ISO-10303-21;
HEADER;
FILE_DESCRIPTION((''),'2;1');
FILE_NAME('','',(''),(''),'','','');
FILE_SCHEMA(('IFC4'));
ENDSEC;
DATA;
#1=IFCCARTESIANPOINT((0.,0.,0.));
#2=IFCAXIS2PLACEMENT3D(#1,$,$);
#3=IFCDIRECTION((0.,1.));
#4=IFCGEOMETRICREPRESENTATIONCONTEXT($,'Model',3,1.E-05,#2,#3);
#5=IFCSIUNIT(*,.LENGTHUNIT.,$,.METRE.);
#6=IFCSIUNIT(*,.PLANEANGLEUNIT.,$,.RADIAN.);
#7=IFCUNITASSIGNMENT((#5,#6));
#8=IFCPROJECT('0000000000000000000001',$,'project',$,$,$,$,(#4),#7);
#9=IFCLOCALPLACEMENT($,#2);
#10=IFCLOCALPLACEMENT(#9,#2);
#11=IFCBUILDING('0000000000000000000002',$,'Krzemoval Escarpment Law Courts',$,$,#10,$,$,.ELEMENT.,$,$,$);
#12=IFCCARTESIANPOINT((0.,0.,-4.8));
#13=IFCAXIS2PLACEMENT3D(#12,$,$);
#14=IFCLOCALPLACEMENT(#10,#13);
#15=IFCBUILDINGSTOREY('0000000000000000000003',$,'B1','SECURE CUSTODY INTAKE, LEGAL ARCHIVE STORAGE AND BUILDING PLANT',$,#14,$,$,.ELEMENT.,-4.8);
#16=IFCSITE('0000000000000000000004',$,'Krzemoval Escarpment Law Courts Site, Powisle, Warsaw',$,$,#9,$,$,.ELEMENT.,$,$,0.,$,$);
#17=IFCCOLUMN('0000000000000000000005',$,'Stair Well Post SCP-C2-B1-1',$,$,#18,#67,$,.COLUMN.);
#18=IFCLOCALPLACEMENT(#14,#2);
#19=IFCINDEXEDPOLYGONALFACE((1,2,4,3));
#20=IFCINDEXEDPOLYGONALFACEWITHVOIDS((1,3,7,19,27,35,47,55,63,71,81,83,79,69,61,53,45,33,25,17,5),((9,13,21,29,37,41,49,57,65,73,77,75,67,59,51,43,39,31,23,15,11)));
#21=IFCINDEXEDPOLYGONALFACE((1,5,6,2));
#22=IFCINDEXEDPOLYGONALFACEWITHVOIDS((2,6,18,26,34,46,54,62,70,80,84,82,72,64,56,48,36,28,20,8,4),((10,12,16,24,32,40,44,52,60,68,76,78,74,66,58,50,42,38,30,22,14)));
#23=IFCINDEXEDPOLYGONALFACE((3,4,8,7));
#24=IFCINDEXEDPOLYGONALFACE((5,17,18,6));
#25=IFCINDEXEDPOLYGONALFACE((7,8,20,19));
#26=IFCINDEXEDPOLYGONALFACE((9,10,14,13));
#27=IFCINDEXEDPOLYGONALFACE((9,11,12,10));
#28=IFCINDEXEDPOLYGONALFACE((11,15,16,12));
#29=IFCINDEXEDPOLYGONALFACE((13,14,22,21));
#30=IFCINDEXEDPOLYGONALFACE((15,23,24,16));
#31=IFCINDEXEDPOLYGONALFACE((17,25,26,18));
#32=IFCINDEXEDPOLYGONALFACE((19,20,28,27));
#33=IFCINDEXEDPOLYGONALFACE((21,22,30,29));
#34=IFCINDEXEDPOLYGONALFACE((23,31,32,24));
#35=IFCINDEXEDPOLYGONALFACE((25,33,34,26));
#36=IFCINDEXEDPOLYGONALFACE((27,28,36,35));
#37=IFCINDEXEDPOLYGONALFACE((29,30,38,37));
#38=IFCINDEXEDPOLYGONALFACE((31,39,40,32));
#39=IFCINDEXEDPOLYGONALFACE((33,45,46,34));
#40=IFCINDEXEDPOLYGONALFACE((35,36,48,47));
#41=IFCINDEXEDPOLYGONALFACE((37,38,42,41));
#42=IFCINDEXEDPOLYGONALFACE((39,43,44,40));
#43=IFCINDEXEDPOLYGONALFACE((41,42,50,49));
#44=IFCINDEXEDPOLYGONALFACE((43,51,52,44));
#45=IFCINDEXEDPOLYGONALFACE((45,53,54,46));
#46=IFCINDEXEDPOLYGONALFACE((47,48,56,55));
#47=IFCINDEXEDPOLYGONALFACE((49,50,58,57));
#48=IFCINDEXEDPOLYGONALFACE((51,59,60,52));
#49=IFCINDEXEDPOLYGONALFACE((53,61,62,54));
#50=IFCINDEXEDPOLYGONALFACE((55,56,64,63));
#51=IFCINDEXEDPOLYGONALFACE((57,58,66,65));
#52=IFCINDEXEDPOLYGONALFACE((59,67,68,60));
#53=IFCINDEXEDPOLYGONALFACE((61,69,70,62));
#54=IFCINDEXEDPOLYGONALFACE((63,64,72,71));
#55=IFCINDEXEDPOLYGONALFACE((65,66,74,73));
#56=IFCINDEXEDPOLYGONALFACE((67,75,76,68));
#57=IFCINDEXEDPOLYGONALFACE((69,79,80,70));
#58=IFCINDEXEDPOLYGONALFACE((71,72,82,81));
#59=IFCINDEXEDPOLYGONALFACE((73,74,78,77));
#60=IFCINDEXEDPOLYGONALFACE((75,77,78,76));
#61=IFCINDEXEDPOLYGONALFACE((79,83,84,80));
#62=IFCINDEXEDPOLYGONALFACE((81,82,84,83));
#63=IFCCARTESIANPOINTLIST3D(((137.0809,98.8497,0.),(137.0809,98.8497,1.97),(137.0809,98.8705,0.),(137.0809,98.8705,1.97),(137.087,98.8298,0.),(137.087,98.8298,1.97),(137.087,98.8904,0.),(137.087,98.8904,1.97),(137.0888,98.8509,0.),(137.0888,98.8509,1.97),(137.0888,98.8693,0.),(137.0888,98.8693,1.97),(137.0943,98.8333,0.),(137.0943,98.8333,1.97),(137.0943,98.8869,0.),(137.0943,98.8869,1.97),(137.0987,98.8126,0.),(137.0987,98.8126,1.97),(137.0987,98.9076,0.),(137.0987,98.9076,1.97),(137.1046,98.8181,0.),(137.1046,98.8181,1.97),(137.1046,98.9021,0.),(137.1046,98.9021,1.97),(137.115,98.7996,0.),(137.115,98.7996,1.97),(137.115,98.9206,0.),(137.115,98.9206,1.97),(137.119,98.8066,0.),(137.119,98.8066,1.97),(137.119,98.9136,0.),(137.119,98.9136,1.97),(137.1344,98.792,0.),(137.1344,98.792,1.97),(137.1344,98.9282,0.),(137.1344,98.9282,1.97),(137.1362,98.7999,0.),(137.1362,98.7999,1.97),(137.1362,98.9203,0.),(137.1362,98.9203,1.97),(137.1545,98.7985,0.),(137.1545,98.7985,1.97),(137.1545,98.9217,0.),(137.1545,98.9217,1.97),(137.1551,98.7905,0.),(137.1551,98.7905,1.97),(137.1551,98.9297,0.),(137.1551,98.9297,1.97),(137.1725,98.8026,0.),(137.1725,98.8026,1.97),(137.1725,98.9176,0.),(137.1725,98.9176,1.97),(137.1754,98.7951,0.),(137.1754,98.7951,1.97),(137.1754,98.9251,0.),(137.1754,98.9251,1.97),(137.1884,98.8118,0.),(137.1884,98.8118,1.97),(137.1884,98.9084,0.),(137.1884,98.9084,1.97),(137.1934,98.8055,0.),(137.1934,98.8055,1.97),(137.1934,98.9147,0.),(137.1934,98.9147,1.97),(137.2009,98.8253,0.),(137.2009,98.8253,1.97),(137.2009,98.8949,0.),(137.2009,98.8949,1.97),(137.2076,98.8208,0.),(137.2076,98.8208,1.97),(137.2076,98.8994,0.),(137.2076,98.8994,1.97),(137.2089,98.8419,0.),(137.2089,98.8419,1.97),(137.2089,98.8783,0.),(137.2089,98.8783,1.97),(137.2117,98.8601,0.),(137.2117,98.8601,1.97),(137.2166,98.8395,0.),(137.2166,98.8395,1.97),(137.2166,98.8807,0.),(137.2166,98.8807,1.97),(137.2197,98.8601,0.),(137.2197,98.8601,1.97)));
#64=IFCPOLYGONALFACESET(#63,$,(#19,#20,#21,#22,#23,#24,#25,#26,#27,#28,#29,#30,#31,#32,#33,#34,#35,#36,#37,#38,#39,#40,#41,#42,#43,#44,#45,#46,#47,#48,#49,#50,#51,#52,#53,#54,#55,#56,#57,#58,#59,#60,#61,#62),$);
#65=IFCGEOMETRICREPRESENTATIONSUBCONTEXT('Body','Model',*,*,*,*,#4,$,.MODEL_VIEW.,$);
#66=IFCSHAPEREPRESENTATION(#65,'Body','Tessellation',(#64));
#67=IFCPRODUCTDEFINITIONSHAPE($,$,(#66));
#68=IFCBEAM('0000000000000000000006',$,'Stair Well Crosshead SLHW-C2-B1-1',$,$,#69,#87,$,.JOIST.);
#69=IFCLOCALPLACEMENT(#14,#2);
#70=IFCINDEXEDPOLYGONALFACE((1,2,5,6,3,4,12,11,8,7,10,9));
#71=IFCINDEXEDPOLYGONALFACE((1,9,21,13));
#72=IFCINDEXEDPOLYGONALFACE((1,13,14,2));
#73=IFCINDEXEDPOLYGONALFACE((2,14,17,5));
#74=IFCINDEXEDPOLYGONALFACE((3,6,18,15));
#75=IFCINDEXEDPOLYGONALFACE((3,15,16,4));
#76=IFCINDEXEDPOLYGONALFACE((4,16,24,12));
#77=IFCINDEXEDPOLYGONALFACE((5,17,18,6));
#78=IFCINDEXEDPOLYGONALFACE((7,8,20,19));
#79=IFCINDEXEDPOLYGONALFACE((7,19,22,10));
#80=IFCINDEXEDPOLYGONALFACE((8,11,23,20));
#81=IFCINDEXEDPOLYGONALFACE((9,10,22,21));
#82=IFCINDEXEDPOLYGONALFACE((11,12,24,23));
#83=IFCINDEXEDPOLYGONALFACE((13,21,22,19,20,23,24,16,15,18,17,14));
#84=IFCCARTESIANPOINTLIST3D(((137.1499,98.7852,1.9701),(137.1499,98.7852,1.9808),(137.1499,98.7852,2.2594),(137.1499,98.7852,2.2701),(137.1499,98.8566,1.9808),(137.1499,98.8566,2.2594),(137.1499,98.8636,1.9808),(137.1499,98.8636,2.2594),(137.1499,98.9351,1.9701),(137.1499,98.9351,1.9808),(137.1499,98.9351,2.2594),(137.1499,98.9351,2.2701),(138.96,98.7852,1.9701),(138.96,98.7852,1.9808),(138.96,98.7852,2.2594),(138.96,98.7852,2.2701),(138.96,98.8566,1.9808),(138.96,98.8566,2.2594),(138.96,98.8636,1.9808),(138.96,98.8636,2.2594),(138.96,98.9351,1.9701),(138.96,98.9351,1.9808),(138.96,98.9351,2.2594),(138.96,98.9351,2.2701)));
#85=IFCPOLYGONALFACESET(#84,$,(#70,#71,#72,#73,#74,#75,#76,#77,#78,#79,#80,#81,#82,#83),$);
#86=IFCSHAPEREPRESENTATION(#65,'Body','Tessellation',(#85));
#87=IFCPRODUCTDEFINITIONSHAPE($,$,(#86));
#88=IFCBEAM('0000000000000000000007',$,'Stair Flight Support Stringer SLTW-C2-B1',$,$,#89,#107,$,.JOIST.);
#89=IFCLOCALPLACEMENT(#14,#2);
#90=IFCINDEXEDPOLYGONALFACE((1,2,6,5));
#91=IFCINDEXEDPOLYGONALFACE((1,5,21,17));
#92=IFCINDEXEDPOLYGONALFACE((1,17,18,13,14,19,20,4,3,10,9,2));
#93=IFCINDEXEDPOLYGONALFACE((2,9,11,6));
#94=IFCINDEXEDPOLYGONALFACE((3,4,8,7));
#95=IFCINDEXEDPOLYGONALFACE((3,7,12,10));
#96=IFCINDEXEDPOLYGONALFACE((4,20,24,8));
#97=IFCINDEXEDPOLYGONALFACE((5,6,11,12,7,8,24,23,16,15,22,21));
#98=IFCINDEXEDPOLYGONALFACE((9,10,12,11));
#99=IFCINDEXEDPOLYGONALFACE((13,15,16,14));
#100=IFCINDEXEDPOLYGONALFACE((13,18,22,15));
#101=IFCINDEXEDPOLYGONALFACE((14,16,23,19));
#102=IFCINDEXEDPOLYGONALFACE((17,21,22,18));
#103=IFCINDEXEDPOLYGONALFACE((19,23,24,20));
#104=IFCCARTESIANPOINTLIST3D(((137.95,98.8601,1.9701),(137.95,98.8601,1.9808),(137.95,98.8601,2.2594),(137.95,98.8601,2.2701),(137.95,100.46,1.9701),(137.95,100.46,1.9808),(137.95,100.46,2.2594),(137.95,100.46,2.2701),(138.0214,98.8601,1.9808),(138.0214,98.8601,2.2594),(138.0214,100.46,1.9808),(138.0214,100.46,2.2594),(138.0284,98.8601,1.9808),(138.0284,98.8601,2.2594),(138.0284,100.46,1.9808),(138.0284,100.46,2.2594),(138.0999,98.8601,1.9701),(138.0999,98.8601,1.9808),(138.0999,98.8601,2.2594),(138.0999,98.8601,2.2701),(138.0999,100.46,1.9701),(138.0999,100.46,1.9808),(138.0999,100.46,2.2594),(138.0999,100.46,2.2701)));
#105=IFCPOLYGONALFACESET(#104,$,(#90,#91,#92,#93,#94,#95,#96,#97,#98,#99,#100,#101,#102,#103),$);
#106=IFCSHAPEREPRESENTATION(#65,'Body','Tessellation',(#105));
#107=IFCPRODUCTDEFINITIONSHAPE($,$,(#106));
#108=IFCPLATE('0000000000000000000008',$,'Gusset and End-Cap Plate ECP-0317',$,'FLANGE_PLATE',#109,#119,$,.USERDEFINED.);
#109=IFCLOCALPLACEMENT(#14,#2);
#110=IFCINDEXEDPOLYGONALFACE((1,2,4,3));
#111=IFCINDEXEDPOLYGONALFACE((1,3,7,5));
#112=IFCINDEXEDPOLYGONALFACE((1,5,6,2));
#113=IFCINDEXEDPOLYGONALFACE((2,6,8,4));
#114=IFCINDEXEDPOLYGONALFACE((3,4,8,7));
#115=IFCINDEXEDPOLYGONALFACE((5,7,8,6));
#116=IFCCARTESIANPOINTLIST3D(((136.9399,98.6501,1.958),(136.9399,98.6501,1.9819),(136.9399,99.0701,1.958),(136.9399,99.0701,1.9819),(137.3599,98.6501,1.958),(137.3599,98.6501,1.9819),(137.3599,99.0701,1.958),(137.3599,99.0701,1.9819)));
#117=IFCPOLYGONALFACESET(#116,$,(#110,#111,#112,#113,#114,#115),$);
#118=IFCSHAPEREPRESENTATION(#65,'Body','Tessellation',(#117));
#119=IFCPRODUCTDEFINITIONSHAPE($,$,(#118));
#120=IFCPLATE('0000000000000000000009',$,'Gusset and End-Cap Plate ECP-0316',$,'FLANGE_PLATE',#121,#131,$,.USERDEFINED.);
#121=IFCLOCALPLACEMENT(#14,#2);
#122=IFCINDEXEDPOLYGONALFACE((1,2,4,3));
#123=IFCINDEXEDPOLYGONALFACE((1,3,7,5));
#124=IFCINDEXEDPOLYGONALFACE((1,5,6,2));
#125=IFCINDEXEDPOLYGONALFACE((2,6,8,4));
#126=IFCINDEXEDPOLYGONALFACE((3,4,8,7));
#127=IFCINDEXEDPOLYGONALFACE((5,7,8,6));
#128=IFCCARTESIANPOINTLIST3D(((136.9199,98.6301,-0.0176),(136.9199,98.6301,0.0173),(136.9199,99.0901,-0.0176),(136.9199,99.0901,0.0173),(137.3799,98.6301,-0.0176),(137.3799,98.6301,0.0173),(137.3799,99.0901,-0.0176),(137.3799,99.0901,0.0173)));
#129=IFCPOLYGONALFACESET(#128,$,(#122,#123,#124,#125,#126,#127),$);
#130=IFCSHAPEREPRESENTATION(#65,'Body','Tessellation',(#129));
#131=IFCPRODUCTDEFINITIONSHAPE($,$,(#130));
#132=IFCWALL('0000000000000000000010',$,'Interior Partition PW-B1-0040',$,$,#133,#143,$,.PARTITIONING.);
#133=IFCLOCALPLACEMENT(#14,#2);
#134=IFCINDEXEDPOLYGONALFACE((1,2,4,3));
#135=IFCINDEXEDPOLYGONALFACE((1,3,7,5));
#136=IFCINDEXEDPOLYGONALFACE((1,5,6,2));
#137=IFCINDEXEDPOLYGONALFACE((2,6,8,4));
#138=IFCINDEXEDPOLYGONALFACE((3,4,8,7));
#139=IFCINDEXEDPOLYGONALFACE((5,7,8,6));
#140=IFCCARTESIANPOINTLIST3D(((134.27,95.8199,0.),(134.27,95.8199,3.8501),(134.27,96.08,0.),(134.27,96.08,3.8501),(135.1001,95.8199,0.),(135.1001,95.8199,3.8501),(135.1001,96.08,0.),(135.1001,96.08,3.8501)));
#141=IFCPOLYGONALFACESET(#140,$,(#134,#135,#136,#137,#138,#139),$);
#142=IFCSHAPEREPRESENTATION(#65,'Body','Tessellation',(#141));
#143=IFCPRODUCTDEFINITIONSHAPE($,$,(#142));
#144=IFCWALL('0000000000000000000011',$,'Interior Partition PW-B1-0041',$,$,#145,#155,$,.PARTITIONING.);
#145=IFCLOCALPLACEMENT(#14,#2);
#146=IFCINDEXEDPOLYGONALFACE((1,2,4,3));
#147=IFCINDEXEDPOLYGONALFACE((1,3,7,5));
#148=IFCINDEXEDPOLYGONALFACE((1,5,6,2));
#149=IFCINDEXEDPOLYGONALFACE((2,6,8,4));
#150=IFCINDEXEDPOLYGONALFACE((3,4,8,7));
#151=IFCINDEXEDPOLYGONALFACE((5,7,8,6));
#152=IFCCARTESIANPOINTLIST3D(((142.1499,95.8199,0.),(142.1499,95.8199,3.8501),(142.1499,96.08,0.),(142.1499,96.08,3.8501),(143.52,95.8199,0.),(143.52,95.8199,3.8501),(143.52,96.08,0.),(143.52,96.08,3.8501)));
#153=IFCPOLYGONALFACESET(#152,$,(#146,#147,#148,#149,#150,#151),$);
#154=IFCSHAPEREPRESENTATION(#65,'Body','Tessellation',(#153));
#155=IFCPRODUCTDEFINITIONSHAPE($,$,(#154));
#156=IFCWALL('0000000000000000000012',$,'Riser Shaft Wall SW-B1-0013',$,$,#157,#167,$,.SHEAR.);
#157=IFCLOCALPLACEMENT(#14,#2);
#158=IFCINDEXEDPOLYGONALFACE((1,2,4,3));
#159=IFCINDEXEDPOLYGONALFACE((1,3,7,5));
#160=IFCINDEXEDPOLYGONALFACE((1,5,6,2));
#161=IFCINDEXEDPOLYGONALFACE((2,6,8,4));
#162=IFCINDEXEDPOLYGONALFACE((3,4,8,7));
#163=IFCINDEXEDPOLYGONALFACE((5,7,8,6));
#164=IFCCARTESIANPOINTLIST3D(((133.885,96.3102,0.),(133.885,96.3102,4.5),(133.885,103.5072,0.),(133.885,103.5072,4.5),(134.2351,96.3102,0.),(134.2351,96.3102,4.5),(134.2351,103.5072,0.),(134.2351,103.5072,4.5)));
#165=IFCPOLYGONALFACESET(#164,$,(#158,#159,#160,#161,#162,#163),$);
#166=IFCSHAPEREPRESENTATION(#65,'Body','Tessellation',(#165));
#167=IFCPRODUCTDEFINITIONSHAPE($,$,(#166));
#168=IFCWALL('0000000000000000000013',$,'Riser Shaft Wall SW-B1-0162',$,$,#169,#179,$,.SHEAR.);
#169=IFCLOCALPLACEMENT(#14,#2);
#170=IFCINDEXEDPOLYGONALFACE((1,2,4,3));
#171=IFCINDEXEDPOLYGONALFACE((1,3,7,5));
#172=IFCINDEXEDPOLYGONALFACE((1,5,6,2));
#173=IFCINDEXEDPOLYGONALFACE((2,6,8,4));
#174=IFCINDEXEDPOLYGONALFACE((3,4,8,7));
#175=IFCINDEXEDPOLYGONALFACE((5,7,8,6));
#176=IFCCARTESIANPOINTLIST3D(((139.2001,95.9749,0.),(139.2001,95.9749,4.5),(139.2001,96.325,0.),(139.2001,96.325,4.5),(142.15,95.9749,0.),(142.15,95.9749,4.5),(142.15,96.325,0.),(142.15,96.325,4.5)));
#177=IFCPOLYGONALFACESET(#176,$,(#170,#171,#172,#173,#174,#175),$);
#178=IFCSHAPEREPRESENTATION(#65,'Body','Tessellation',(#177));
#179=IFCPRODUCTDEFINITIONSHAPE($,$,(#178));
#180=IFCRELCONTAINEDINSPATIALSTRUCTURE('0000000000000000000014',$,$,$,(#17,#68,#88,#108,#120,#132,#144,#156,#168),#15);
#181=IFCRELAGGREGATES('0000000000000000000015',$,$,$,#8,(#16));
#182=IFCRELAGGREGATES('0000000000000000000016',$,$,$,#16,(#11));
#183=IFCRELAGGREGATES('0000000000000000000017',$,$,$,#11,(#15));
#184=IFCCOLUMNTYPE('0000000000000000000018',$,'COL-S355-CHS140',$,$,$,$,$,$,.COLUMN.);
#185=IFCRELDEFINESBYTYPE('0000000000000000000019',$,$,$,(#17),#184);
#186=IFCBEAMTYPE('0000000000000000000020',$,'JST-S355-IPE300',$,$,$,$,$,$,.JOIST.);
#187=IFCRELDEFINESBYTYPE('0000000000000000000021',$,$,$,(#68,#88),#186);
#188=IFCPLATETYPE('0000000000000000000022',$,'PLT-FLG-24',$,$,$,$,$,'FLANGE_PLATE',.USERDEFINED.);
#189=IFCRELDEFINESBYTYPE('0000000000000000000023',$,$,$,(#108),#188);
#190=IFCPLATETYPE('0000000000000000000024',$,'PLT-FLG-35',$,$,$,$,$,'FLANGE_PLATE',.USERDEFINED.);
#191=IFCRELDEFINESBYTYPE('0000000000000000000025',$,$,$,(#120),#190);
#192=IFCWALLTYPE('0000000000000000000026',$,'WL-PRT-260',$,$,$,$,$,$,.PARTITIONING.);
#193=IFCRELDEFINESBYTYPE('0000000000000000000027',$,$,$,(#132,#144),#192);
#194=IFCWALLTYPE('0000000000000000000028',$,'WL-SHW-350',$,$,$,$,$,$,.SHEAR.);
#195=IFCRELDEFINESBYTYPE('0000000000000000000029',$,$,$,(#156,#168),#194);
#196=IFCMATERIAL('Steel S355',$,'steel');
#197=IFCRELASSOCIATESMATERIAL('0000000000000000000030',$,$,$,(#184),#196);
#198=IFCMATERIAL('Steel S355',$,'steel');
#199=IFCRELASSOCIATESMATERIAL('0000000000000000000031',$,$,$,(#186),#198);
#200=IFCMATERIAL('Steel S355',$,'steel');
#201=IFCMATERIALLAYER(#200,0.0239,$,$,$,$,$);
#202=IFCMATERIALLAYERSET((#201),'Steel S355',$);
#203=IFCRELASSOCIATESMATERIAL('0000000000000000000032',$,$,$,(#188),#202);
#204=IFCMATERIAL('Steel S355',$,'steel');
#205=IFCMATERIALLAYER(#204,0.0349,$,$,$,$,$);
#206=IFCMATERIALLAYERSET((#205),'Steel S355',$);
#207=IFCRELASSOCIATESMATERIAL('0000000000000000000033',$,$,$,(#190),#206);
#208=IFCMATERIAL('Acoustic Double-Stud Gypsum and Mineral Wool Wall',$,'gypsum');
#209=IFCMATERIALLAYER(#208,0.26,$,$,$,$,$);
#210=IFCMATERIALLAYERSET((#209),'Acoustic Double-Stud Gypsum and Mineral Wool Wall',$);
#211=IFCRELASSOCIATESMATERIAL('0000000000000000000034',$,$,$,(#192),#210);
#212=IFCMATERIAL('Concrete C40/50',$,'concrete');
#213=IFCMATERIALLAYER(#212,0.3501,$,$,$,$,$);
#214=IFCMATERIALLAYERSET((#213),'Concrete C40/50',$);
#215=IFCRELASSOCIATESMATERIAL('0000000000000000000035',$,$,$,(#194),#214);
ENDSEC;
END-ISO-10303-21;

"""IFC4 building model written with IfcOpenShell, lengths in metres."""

from ifc_helpers import new_model, si_unit, direction, frame, frame_2d, origin, origin_2d, place, context, subcontext, project, spatial, rectangle, hollow_circle, i_section, extrude, material, layer, layer_set, material_profile, profile_set, type_object, element, save


model = new_model("IFC4")

# Units and contexts
model_context = context("Model", 3, precision=1e-05, world=origin(), true_north=direction((0.0, 1.0)))
body_context = subcontext(model_context, "Body", "Model", "MODEL_VIEW")
ifc_project = project(units=[si_unit("LENGTHUNIT", "METRE"), si_unit("PLANEANGLEUNIT", "RADIAN")], contexts=[model_context])

# Site, building, storey
site_placement = place(None, origin())
site = spatial("IfcSite", under=ifc_project, at=site_placement, Name="Krzemoval Escarpment Law Courts Site, Powisle, Warsaw", CompositionType="ELEMENT", RefElevation=0.0)
building_placement = place(site_placement, origin())
building = spatial("IfcBuilding", under=site, at=building_placement, Name="Krzemoval Escarpment Law Courts", CompositionType="ELEMENT")
storey_placement = place(building_placement, frame((0.0, 0.0, -4.8)))
storey = spatial("IfcBuildingStorey", under=building, at=storey_placement, Name="B1", Description="SECURE CUSTODY INTAKE, LEGAL ARCHIVE STORAGE AND BUILDING PLANT", CompositionType="ELEMENT", Elevation=-4.8)

# Column
ifc_material_1 = material(Name="Steel S355", Category="steel")
ifc_material_profile_1 = material_profile(ifc_material_1, hollow_circle(Radius=0.0698, WallThickness=0.0081, at=origin_2d()), Name="CHS 139.7x8")
ifc_profile_set_1 = profile_set([ifc_material_profile_1], Name="Steel S355")
column_type_1 = type_object("IfcColumnType", Name="COL-S355-CHS140", PredefinedType="COLUMN", material=ifc_profile_set_1)
column_1_placement = place(storey_placement, frame((137.1499, 98.8601, 0.0), z_axis=(0.0, 0.0, 1.0), x_axis=(1.0, 0.0, 0.0)))
element("IfcColumn", 1, at=column_1_placement, inside=storey, type_object=column_type_1, Name="Stair Well Post SCP-C2-B1-1", PredefinedType="COLUMN", context=body_context, shape_type="SweptSolid", body=[
    extrude(hollow_circle(Radius=0.0698, WallThickness=0.0081, at=origin_2d()), origin(), (0.0, 0.0, 1.0), 1.97),
])

# Beams
ifc_material_2 = material(Name="Steel S355", Category="steel")
ifc_material_profile_2 = material_profile(ifc_material_2, i_section(OverallWidth=0.1499, OverallDepth=0.3, WebThickness=0.0071, FlangeThickness=0.0107, at=origin_2d()), Name="IPE 300")
ifc_profile_set_2 = profile_set([ifc_material_profile_2], Name="Steel S355")
beam_type = type_object("IfcBeamType", Name="JST-S355-IPE300", PredefinedType="JOIST", material=ifc_profile_set_2)
beam_1_placement = place(storey_placement, frame((137.1499, 98.8601, 2.1201), z_axis=(1.0, 0.0, 0.0), x_axis=(0.0, 1.0, 0.0)))
element("IfcBeam", 2, at=beam_1_placement, inside=storey, type_object=beam_type, Name="Stair Well Crosshead SLHW-C2-B1-1", PredefinedType="JOIST", context=body_context, shape_type="SweptSolid", body=[
    extrude(i_section(OverallWidth=0.1499, OverallDepth=0.3, WebThickness=0.0071, FlangeThickness=0.0107, at=origin_2d()), origin(), (0.0, 0.0, 1.0), 1.8101),
])
beam_2_placement = place(storey_placement, frame((138.0249, 98.8601, 2.1201), z_axis=(0.0, 1.0, 0.0), x_axis=(-1.0, 0.0, 0.0)))
element("IfcBeam", 3, at=beam_2_placement, inside=storey, type_object=beam_type, Name="Stair Flight Support Stringer SLTW-C2-B1", PredefinedType="JOIST", context=body_context, shape_type="SweptSolid", body=[
    extrude(i_section(OverallWidth=0.1499, OverallDepth=0.3, WebThickness=0.0071, FlangeThickness=0.0107, at=origin_2d()), origin(), (0.0, 0.0, 1.0), 1.5999),
])

# Plates
ifc_material_3 = material(Name="Steel S355", Category="steel")
ifc_layer_1 = layer(ifc_material_3, 0.0239)
ifc_layer_set_1 = layer_set([ifc_layer_1], Name="Steel S355")
plate_type_1 = type_object("IfcPlateType", Name="PLT-FLG-24", ElementType="FLANGE_PLATE", PredefinedType="USERDEFINED", material=ifc_layer_set_1)
plate_1_placement = place(storey_placement, frame((137.1499, 98.8601, 1.958), z_axis=(0.0, 0.0, 1.0), x_axis=(1.0, 0.0, 0.0)))
element("IfcPlate", 4, at=plate_1_placement, inside=storey, type_object=plate_type_1, Name="Gusset and End-Cap Plate ECP-0317", ObjectType="FLANGE_PLATE", PredefinedType="USERDEFINED", context=body_context, shape_type="SweptSolid", body=[
    extrude(rectangle(XDim=0.4199, YDim=0.4199, at=origin_2d()), origin(), (0.0, 0.0, 1.0), 0.0239),
])
ifc_material_4 = material(Name="Steel S355", Category="steel")
ifc_layer_2 = layer(ifc_material_4, 0.0349)
ifc_layer_set_2 = layer_set([ifc_layer_2], Name="Steel S355")
plate_type_2 = type_object("IfcPlateType", Name="PLT-FLG-35", ElementType="FLANGE_PLATE", PredefinedType="USERDEFINED", material=ifc_layer_set_2)
plate_2_placement = place(storey_placement, frame((137.1499, 98.8601, -0.0176), z_axis=(0.0, 0.0, 1.0), x_axis=(1.0, 0.0, 0.0)))
element("IfcPlate", 5, at=plate_2_placement, inside=storey, type_object=plate_type_2, Name="Gusset and End-Cap Plate ECP-0316", ObjectType="FLANGE_PLATE", PredefinedType="USERDEFINED", context=body_context, shape_type="SweptSolid", body=[
    extrude(rectangle(XDim=0.46, YDim=0.46, at=origin_2d()), origin(), (0.0, 0.0, 1.0), 0.0349),
])

# Walls
ifc_material_5 = material(Name="Acoustic Double-Stud Gypsum and Mineral Wool Wall", Category="gypsum")
ifc_layer_3 = layer(ifc_material_5, 0.26)
ifc_layer_set_3 = layer_set([ifc_layer_3], Name="Acoustic Double-Stud Gypsum and Mineral Wool Wall")
wall_type_1 = type_object("IfcWallType", Name="WL-PRT-260", PredefinedType="PARTITIONING", material=ifc_layer_set_3)
wall_1_placement = place(storey_placement, frame((134.27, 95.95, 0.0), z_axis=(0.0, 0.0, 1.0), x_axis=(1.0, 0.0, 0.0)))
element("IfcWall", 6, at=wall_1_placement, inside=storey, type_object=wall_type_1, Name="Interior Partition PW-B1-0040", PredefinedType="PARTITIONING", context=body_context, shape_type="SweptSolid", body=[
    extrude(rectangle(XDim=0.8301, YDim=0.26, at=frame_2d((0.415, 0.0))), origin(), (0.0, 0.0, 1.0), 3.8501),
])
wall_2_placement = place(storey_placement, frame((142.1499, 95.95, 0.0), z_axis=(0.0, 0.0, 1.0), x_axis=(1.0, 0.0, 0.0)))
element("IfcWall", 7, at=wall_2_placement, inside=storey, type_object=wall_type_1, Name="Interior Partition PW-B1-0041", PredefinedType="PARTITIONING", context=body_context, shape_type="SweptSolid", body=[
    extrude(rectangle(XDim=1.3701, YDim=0.26, at=frame_2d((0.6851, 0.0))), origin(), (0.0, 0.0, 1.0), 3.8501),
])
ifc_material_6 = material(Name="Concrete C40/50", Category="concrete")
ifc_layer_4 = layer(ifc_material_6, 0.3501)
ifc_layer_set_4 = layer_set([ifc_layer_4], Name="Concrete C40/50")
wall_type_2 = type_object("IfcWallType", Name="WL-SHW-350", PredefinedType="SHEAR", material=ifc_layer_set_4)
wall_3_placement = place(storey_placement, frame((134.0601, 96.3101, 0.0), z_axis=(0.0, 0.0, 1.0), x_axis=(0.0, 1.0, 0.0)))
element("IfcWall", 8, at=wall_3_placement, inside=storey, type_object=wall_type_2, Name="Riser Shaft Wall SW-B1-0013", PredefinedType="SHEAR", context=body_context, shape_type="SweptSolid", body=[
    extrude(rectangle(XDim=7.197, YDim=0.3501, at=frame_2d((3.5986, 0.0))), origin(), (0.0, 0.0, 1.0), 4.5),
])
wall_4_placement = place(storey_placement, frame((139.2, 96.1499, 0.0), z_axis=(0.0, 0.0, 1.0), x_axis=(1.0, 0.0, 0.0)))
element("IfcWall", 9, at=wall_4_placement, inside=storey, type_object=wall_type_2, Name="Riser Shaft Wall SW-B1-0162", PredefinedType="SHEAR", context=body_context, shape_type="SweptSolid", body=[
    extrude(rectangle(XDim=2.95, YDim=0.3501, at=frame_2d((1.4751, 0.0))), origin(), (0.0, 0.0, 1.0), 4.5),
])

save(model, "model.ifc")
